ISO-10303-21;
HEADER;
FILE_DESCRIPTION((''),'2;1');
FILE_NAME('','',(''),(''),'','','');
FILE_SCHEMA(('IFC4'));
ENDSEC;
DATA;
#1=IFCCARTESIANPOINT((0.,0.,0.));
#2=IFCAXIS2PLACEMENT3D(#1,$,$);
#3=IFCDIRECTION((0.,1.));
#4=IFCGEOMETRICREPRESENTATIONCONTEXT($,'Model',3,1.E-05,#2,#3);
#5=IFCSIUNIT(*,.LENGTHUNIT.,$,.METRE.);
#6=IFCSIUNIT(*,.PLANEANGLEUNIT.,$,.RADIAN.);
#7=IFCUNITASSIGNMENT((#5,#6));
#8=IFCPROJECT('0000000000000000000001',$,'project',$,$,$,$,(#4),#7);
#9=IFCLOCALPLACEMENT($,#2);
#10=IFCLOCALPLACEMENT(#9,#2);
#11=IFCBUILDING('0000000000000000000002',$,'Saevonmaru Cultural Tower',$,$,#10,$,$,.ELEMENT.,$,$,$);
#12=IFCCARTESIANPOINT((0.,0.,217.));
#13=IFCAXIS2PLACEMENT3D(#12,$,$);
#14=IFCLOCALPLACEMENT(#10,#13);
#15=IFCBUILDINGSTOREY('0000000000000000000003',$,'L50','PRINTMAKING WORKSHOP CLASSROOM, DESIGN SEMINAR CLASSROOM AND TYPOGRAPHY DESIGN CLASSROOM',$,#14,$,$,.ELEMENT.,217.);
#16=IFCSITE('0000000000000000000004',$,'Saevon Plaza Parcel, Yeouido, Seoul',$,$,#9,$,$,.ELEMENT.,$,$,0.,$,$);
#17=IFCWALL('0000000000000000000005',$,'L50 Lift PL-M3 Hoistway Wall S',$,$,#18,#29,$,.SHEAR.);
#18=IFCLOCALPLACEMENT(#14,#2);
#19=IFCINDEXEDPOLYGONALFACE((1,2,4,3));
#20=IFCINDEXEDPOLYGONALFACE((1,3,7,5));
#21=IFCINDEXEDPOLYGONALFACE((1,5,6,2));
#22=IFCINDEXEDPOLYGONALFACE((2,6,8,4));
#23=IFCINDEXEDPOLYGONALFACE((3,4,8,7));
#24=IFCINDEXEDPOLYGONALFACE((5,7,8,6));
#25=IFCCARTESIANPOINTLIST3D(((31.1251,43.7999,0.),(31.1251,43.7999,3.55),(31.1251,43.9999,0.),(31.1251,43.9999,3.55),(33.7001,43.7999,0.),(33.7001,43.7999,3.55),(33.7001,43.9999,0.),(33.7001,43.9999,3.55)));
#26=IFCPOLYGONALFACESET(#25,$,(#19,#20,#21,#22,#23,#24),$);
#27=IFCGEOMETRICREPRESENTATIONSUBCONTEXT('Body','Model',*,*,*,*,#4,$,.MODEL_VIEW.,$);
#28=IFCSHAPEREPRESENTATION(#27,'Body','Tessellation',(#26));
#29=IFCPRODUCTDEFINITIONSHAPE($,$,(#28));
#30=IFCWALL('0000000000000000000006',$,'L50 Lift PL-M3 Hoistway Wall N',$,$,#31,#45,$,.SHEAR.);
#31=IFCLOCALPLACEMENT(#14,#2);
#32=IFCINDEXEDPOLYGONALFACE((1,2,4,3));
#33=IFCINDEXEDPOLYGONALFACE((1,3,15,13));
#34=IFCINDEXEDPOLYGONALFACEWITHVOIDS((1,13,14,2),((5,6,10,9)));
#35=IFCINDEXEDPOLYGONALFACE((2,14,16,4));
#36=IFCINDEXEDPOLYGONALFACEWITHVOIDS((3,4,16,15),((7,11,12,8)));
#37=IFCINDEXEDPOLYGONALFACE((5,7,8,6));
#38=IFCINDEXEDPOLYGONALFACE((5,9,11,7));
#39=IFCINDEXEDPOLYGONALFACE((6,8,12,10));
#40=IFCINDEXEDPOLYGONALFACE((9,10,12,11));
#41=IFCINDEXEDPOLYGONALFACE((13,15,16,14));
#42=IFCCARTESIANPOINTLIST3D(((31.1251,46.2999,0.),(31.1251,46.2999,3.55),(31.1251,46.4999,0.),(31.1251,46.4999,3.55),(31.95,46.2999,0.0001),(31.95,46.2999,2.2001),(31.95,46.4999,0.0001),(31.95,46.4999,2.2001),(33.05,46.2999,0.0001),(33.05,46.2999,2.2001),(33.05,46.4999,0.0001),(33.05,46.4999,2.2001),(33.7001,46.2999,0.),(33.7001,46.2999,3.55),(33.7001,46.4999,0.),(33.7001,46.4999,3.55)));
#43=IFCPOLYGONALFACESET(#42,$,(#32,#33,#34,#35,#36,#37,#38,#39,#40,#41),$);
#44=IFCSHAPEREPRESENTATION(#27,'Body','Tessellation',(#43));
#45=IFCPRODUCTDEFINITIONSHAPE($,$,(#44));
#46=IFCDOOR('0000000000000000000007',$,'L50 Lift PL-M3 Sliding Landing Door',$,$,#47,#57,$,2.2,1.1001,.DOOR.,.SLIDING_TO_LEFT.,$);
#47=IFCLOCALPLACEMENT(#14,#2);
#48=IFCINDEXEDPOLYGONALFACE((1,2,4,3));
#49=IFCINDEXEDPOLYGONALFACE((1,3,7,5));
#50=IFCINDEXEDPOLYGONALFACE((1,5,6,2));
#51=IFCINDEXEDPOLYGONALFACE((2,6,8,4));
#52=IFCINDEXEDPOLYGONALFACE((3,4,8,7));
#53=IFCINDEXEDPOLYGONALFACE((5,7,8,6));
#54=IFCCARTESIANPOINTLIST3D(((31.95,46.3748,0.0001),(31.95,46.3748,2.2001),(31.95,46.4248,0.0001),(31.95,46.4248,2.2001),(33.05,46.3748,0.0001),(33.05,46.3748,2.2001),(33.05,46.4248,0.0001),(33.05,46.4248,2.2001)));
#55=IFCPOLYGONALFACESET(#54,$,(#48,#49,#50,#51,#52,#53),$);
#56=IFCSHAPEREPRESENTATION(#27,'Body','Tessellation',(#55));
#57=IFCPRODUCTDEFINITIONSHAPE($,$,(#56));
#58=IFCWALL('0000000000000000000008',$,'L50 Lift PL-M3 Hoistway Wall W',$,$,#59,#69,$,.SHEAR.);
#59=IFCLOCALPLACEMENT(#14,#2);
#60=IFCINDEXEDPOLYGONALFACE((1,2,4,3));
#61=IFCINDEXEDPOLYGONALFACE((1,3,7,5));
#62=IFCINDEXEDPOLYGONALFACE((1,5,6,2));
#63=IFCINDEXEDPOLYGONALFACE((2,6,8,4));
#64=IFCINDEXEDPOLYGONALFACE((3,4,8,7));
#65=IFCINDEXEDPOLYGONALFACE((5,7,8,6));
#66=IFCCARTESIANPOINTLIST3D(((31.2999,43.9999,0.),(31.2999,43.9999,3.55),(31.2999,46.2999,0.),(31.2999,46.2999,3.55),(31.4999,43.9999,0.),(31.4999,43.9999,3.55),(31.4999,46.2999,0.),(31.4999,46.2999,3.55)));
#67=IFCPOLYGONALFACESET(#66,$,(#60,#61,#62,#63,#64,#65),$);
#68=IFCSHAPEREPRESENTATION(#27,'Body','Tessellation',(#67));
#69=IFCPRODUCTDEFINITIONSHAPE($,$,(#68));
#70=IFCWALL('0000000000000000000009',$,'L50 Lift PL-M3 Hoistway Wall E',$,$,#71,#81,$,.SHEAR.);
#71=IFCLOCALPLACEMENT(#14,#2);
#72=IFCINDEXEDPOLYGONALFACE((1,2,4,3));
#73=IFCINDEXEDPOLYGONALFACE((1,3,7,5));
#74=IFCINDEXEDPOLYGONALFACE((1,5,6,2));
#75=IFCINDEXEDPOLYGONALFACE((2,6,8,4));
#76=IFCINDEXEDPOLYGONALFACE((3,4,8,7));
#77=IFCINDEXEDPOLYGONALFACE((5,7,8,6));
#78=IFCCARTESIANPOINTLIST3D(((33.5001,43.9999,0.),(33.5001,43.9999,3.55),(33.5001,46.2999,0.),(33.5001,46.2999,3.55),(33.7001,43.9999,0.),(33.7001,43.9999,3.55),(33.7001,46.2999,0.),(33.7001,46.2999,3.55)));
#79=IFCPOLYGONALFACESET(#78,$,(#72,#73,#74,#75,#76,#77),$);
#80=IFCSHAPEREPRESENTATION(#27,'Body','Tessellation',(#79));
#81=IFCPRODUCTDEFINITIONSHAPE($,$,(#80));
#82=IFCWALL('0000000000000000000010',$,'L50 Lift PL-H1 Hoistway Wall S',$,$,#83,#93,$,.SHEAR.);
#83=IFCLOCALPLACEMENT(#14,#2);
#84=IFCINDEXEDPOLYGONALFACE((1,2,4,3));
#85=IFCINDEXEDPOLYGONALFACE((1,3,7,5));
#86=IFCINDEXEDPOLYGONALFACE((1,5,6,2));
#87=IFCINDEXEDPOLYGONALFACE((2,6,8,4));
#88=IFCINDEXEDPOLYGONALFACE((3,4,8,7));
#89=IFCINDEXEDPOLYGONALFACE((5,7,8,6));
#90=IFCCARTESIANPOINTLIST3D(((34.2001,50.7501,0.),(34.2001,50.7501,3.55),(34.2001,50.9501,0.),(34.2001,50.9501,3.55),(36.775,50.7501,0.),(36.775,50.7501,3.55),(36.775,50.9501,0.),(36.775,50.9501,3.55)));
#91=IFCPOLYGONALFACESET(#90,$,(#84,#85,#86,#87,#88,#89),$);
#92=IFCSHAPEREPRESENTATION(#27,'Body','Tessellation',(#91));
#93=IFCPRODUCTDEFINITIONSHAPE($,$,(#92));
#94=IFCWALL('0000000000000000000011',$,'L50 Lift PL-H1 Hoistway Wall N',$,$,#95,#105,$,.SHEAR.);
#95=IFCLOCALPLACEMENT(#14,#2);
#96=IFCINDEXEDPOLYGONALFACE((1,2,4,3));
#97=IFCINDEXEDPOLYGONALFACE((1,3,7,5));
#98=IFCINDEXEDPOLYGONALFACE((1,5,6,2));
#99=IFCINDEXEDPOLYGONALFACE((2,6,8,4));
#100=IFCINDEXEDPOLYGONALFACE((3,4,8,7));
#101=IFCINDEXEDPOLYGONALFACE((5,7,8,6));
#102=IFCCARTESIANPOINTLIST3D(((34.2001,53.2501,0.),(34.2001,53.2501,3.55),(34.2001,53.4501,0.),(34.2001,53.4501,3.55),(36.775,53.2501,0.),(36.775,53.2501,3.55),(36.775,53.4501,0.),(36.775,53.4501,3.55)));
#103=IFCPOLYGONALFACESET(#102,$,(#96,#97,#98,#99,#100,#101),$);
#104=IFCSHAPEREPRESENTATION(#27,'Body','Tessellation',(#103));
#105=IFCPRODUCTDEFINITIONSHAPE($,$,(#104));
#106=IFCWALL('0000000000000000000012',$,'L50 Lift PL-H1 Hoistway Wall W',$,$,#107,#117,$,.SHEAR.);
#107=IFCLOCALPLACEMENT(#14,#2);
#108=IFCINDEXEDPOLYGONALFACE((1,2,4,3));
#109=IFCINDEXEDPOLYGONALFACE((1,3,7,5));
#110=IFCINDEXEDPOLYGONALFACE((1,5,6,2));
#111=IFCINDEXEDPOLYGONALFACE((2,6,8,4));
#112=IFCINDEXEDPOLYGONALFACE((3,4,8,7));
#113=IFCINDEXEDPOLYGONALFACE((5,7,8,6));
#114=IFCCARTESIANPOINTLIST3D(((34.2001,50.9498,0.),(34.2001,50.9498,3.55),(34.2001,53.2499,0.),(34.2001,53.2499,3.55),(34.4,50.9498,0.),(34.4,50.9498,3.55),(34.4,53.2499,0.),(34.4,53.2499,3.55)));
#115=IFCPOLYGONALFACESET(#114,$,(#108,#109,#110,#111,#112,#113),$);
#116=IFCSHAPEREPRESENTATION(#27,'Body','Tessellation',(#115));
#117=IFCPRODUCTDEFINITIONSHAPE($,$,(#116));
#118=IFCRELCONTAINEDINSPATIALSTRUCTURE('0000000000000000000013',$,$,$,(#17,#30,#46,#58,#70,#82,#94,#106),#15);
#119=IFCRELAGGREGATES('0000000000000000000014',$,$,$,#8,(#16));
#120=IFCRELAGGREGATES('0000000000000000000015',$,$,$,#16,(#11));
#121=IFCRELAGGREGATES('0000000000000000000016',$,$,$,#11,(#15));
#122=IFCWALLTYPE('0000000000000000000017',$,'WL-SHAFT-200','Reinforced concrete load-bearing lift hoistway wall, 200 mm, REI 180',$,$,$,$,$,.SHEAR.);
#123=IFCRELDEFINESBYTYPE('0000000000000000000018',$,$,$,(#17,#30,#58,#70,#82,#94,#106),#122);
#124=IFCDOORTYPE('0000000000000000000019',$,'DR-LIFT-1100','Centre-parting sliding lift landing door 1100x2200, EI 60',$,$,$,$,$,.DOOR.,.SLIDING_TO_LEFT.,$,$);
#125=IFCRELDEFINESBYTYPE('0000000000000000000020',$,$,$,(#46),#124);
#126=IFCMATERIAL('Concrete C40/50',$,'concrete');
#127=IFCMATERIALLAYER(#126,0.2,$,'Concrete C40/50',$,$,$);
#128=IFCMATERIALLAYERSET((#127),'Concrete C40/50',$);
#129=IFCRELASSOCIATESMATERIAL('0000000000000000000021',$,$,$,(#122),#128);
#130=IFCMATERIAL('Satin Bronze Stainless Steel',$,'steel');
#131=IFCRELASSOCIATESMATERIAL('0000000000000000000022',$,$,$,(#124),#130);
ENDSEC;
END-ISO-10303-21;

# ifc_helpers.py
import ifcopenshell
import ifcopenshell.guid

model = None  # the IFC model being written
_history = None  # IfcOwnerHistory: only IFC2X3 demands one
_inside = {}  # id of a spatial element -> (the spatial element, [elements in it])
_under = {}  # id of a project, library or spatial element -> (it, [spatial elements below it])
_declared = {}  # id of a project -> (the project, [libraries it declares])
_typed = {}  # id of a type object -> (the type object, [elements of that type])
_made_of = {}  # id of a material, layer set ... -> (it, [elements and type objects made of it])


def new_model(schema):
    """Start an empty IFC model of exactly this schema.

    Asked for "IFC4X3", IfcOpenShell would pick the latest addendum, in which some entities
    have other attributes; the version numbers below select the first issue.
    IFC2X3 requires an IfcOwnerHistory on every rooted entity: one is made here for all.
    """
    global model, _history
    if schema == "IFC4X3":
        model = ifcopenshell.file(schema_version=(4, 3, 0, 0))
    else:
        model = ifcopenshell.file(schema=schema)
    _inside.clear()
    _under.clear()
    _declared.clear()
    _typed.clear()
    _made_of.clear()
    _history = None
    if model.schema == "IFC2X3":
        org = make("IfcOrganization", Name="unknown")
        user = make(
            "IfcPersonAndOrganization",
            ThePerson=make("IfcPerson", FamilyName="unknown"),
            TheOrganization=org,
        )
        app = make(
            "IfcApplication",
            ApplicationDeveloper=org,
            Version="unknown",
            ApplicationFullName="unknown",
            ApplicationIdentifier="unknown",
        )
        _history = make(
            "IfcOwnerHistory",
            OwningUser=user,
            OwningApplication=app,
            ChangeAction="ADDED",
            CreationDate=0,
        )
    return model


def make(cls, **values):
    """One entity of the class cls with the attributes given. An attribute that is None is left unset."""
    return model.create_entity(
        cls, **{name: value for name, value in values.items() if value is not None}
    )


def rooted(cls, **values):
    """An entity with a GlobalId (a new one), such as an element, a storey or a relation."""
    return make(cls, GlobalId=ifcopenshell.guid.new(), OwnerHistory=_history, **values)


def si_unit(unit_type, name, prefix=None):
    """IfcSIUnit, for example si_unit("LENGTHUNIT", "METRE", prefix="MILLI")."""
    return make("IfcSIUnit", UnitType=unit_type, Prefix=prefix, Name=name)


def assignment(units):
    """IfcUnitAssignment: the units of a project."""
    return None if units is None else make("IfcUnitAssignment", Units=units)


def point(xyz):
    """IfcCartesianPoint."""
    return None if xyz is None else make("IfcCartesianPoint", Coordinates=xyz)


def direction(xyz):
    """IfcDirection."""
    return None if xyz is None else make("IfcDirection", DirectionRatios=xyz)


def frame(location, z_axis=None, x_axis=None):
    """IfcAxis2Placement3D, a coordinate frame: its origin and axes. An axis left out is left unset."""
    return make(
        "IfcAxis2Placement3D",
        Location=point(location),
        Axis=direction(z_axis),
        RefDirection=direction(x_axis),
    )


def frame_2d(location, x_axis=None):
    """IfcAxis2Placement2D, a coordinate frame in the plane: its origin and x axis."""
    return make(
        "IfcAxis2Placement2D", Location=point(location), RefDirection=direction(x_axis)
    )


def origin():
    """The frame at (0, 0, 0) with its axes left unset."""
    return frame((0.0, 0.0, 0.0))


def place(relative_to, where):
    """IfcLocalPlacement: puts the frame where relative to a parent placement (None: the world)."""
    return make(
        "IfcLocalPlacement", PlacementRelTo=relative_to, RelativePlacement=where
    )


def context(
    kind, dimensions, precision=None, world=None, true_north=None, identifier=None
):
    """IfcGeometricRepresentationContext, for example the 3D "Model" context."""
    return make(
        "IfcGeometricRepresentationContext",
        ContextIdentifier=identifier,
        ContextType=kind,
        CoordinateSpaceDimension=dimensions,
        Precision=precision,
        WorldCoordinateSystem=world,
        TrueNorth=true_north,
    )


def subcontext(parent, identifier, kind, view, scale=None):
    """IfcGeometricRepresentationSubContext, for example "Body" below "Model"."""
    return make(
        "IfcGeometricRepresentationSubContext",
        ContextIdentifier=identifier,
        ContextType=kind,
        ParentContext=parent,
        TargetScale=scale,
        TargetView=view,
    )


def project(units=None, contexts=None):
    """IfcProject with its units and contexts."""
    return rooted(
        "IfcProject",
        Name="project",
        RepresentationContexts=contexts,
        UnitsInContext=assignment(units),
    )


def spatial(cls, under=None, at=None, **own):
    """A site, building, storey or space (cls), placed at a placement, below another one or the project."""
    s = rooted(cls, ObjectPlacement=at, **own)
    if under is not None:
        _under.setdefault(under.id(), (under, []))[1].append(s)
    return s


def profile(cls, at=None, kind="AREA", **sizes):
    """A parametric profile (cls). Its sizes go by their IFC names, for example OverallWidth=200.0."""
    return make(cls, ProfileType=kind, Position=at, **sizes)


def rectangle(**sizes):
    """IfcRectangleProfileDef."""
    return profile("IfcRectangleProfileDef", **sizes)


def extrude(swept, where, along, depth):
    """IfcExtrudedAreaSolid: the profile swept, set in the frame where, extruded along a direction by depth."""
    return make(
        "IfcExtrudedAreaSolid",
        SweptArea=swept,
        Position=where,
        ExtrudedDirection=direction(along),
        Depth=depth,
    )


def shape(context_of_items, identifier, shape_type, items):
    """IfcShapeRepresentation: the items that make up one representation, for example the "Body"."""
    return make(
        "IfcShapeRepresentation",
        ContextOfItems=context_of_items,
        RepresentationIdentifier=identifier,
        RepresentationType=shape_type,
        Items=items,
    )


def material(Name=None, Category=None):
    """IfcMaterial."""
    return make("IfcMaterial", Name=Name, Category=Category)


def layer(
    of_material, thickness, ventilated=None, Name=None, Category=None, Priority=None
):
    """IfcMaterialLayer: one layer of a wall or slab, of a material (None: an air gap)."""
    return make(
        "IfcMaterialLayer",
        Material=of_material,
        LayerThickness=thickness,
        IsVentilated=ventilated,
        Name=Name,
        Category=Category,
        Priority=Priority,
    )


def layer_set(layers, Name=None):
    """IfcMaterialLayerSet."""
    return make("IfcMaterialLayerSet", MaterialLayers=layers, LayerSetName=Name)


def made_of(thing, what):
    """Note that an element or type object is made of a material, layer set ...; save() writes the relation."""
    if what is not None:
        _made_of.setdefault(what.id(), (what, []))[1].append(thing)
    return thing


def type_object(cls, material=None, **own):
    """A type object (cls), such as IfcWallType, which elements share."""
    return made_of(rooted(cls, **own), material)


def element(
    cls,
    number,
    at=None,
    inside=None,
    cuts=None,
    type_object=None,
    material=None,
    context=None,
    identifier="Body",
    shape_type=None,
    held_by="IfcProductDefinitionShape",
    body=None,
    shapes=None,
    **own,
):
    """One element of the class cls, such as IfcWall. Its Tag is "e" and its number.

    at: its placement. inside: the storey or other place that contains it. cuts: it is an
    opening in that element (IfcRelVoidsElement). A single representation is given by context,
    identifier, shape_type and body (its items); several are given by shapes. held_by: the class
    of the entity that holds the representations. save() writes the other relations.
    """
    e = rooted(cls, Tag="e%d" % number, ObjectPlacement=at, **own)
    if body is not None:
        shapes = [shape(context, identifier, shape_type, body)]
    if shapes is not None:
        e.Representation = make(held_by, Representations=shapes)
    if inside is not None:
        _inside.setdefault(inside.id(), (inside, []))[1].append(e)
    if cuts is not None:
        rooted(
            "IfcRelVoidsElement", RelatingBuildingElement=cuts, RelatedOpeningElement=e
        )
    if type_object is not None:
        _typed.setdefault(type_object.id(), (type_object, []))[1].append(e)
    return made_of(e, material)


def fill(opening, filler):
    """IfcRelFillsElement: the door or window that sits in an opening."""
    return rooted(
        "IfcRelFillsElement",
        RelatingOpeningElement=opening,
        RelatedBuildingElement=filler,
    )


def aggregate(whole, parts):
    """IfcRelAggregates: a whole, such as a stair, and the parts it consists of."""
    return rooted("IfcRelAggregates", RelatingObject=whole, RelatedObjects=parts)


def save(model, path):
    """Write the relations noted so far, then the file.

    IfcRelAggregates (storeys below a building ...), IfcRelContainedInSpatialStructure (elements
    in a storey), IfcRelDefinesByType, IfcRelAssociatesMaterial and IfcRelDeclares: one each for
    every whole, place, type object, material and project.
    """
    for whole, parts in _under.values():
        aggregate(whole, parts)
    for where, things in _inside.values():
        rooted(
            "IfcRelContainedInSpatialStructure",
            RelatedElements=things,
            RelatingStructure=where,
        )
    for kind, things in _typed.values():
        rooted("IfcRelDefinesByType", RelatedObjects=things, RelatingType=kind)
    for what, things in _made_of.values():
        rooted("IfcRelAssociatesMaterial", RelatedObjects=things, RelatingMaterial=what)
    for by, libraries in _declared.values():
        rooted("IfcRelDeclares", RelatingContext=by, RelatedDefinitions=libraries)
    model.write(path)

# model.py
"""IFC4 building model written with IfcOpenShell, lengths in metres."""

from ifc_helpers import new_model, si_unit, direction, frame, frame_2d, origin, place, context, subcontext, project, spatial, rectangle, extrude, material, layer, layer_set, type_object, element, fill, save


model = new_model("IFC4")

# Units and contexts
model_context = context("Model", 3, precision=1e-05, world=origin(), true_north=direction((0.0, 1.0)))
body_context = subcontext(model_context, "Body", "Model", "MODEL_VIEW")
ifc_project = project(units=[si_unit("LENGTHUNIT", "METRE"), si_unit("PLANEANGLEUNIT", "RADIAN")], contexts=[model_context])

# Site, building, storey
site_placement = place(None, origin())
site = spatial("IfcSite", under=ifc_project, at=site_placement, Name="Saevon Plaza Parcel, Yeouido, Seoul", CompositionType="ELEMENT", RefElevation=0.0)
building_placement = place(site_placement, origin())
building = spatial("IfcBuilding", under=site, at=building_placement, Name="Saevonmaru Cultural Tower", CompositionType="ELEMENT")
storey_placement = place(building_placement, frame((0.0, 0.0, 217.0)))
storey = spatial("IfcBuildingStorey", under=building, at=storey_placement, Name="L50", Description="PRINTMAKING WORKSHOP CLASSROOM, DESIGN SEMINAR CLASSROOM AND TYPOGRAPHY DESIGN CLASSROOM", CompositionType="ELEMENT", Elevation=217.0)

# Shared definitions
ifc_material_1 = material(Name="Concrete C40/50", Category="concrete")
ifc_layer_1 = layer(ifc_material_1, 0.2, Name="Concrete C40/50")
ifc_layer_set_1 = layer_set([ifc_layer_1], Name="Concrete C40/50")
wall_type_1 = type_object("IfcWallType", Name="WL-SHAFT-200", Description="Reinforced concrete load-bearing lift hoistway wall, 200 mm, REI 180", PredefinedType="SHEAR", material=ifc_layer_set_1)

# Shared definitions
ifc_material_2 = material(Name="Satin Bronze Stainless Steel", Category="steel")
door_type_1 = type_object("IfcDoorType", Name="DR-LIFT-1100", Description="Centre-parting sliding lift landing door 1100x2200, EI 60", OperationType="SLIDING_TO_LEFT", PredefinedType="DOOR", material=ifc_material_2)

# Wall
wall_1_placement = place(storey_placement, frame((31.125, 43.8999, 0.0), z_axis=(0.0, 0.0, 1.0), x_axis=(1.0, 0.0, 0.0)))
element("IfcWall", 1, at=wall_1_placement, inside=storey, type_object=wall_type_1, Name="L50 Lift PL-M3 Hoistway Wall S", PredefinedType="SHEAR", context=body_context, shape_type="SweptSolid", body=[
    extrude(rectangle(XDim=2.575, YDim=0.2, at=frame_2d((1.2876, 0.0))), origin(), (0.0, 0.0, 1.0), 3.55),
])

# Wall, opening, door
wall_2_placement = place(storey_placement, frame((31.125, 46.3999, 0.0), z_axis=(0.0, 0.0, 1.0), x_axis=(1.0, 0.0, 0.0)))
wall_2 = element("IfcWall", 2, at=wall_2_placement, inside=storey, type_object=wall_type_1, Name="L50 Lift PL-M3 Hoistway Wall N", PredefinedType="SHEAR", context=body_context, shape_type="SweptSolid", body=[
    extrude(rectangle(XDim=2.575, YDim=0.2, at=frame_2d((1.2876, 0.0))), origin(), (0.0, 0.0, 1.0), 3.55),
])
opening_1_placement = place(wall_2_placement, frame((0.825, 0.0, 0.0)))
opening_1 = element("IfcOpeningElement", 3, at=opening_1_placement, cuts=wall_2, PredefinedType="OPENING", context=body_context, shape_type="SweptSolid", body=[
    extrude(rectangle(XDim=1.1001, YDim=2.2, at=frame_2d((0.55, 1.1001))), frame((0.0, 0.1099, 0.0), z_axis=(0.0, -1.0, 0.0), x_axis=(1.0, 0.0, 0.0)), (0.0, 0.0, 1.0), 0.22),
])
door_1_placement = place(opening_1_placement, origin())
door_1 = element("IfcDoor", 4, at=door_1_placement, inside=storey, type_object=door_type_1, Name="L50 Lift PL-M3 Sliding Landing Door", OperationType="SLIDING_TO_LEFT", OverallHeight=2.2, OverallWidth=1.1001, PredefinedType="DOOR", context=body_context, shape_type="SweptSolid", body=[
    extrude(rectangle(XDim=1.1001, YDim=2.2, at=frame_2d((0.55, 1.1001))), frame((0.0, 0.0249, 0.0), z_axis=(0.0, -1.0, 0.0), x_axis=(1.0, 0.0, 0.0)), (0.0, 0.0, 1.0), 0.05),
])
fill(opening_1, door_1)

# Walls
for number, where, z_axis, x_axis, name in (
    (5, (31.3999, 44.0, 0.0), (0.0, 0.0, 1.0), (0.0, 1.0, 0.0), "L50 Lift PL-M3 Hoistway Wall W"),
    (6, (33.6001, 44.0, 0.0), (0.0, 0.0, 1.0), (0.0, 1.0, 0.0), "L50 Lift PL-M3 Hoistway Wall E"),
):
    element("IfcWall", number, at=place(storey_placement, frame(where, z_axis=z_axis, x_axis=x_axis)), inside=storey, type_object=wall_type_1, Name=name, PredefinedType="SHEAR", context=body_context, shape_type="SweptSolid", body=[
        extrude(rectangle(XDim=2.3, YDim=0.2, at=frame_2d((1.1499, 0.0))), origin(), (0.0, 0.0, 1.0), 3.55),
    ])
for number, where, z_axis, x_axis, name in (
    (7, (34.2, 50.8501, 0.0), (0.0, 0.0, 1.0), (1.0, 0.0, 0.0), "L50 Lift PL-H1 Hoistway Wall S"),
    (8, (34.2, 53.3501, 0.0), (0.0, 0.0, 1.0), (1.0, 0.0, 0.0), "L50 Lift PL-H1 Hoistway Wall N"),
):
    element("IfcWall", number, at=place(storey_placement, frame(where, z_axis=z_axis, x_axis=x_axis)), inside=storey, type_object=wall_type_1, Name=name, PredefinedType="SHEAR", context=body_context, shape_type="SweptSolid", body=[
        extrude(rectangle(XDim=2.575, YDim=0.2, at=frame_2d((1.2876, 0.0))), origin(), (0.0, 0.0, 1.0), 3.55),
    ])
wall_3_placement = place(storey_placement, frame((34.3, 50.95, 0.0), z_axis=(0.0, 0.0, 1.0), x_axis=(0.0, 1.0, 0.0)))
element("IfcWall", 9, at=wall_3_placement, inside=storey, type_object=wall_type_1, Name="L50 Lift PL-H1 Hoistway Wall W", PredefinedType="SHEAR", context=body_context, shape_type="SweptSolid", body=[
    extrude(rectangle(XDim=2.3, YDim=0.2, at=frame_2d((1.1499, 0.0))), origin(), (0.0, 0.0, 1.0), 3.55),
])

save(model, "model.ifc")
